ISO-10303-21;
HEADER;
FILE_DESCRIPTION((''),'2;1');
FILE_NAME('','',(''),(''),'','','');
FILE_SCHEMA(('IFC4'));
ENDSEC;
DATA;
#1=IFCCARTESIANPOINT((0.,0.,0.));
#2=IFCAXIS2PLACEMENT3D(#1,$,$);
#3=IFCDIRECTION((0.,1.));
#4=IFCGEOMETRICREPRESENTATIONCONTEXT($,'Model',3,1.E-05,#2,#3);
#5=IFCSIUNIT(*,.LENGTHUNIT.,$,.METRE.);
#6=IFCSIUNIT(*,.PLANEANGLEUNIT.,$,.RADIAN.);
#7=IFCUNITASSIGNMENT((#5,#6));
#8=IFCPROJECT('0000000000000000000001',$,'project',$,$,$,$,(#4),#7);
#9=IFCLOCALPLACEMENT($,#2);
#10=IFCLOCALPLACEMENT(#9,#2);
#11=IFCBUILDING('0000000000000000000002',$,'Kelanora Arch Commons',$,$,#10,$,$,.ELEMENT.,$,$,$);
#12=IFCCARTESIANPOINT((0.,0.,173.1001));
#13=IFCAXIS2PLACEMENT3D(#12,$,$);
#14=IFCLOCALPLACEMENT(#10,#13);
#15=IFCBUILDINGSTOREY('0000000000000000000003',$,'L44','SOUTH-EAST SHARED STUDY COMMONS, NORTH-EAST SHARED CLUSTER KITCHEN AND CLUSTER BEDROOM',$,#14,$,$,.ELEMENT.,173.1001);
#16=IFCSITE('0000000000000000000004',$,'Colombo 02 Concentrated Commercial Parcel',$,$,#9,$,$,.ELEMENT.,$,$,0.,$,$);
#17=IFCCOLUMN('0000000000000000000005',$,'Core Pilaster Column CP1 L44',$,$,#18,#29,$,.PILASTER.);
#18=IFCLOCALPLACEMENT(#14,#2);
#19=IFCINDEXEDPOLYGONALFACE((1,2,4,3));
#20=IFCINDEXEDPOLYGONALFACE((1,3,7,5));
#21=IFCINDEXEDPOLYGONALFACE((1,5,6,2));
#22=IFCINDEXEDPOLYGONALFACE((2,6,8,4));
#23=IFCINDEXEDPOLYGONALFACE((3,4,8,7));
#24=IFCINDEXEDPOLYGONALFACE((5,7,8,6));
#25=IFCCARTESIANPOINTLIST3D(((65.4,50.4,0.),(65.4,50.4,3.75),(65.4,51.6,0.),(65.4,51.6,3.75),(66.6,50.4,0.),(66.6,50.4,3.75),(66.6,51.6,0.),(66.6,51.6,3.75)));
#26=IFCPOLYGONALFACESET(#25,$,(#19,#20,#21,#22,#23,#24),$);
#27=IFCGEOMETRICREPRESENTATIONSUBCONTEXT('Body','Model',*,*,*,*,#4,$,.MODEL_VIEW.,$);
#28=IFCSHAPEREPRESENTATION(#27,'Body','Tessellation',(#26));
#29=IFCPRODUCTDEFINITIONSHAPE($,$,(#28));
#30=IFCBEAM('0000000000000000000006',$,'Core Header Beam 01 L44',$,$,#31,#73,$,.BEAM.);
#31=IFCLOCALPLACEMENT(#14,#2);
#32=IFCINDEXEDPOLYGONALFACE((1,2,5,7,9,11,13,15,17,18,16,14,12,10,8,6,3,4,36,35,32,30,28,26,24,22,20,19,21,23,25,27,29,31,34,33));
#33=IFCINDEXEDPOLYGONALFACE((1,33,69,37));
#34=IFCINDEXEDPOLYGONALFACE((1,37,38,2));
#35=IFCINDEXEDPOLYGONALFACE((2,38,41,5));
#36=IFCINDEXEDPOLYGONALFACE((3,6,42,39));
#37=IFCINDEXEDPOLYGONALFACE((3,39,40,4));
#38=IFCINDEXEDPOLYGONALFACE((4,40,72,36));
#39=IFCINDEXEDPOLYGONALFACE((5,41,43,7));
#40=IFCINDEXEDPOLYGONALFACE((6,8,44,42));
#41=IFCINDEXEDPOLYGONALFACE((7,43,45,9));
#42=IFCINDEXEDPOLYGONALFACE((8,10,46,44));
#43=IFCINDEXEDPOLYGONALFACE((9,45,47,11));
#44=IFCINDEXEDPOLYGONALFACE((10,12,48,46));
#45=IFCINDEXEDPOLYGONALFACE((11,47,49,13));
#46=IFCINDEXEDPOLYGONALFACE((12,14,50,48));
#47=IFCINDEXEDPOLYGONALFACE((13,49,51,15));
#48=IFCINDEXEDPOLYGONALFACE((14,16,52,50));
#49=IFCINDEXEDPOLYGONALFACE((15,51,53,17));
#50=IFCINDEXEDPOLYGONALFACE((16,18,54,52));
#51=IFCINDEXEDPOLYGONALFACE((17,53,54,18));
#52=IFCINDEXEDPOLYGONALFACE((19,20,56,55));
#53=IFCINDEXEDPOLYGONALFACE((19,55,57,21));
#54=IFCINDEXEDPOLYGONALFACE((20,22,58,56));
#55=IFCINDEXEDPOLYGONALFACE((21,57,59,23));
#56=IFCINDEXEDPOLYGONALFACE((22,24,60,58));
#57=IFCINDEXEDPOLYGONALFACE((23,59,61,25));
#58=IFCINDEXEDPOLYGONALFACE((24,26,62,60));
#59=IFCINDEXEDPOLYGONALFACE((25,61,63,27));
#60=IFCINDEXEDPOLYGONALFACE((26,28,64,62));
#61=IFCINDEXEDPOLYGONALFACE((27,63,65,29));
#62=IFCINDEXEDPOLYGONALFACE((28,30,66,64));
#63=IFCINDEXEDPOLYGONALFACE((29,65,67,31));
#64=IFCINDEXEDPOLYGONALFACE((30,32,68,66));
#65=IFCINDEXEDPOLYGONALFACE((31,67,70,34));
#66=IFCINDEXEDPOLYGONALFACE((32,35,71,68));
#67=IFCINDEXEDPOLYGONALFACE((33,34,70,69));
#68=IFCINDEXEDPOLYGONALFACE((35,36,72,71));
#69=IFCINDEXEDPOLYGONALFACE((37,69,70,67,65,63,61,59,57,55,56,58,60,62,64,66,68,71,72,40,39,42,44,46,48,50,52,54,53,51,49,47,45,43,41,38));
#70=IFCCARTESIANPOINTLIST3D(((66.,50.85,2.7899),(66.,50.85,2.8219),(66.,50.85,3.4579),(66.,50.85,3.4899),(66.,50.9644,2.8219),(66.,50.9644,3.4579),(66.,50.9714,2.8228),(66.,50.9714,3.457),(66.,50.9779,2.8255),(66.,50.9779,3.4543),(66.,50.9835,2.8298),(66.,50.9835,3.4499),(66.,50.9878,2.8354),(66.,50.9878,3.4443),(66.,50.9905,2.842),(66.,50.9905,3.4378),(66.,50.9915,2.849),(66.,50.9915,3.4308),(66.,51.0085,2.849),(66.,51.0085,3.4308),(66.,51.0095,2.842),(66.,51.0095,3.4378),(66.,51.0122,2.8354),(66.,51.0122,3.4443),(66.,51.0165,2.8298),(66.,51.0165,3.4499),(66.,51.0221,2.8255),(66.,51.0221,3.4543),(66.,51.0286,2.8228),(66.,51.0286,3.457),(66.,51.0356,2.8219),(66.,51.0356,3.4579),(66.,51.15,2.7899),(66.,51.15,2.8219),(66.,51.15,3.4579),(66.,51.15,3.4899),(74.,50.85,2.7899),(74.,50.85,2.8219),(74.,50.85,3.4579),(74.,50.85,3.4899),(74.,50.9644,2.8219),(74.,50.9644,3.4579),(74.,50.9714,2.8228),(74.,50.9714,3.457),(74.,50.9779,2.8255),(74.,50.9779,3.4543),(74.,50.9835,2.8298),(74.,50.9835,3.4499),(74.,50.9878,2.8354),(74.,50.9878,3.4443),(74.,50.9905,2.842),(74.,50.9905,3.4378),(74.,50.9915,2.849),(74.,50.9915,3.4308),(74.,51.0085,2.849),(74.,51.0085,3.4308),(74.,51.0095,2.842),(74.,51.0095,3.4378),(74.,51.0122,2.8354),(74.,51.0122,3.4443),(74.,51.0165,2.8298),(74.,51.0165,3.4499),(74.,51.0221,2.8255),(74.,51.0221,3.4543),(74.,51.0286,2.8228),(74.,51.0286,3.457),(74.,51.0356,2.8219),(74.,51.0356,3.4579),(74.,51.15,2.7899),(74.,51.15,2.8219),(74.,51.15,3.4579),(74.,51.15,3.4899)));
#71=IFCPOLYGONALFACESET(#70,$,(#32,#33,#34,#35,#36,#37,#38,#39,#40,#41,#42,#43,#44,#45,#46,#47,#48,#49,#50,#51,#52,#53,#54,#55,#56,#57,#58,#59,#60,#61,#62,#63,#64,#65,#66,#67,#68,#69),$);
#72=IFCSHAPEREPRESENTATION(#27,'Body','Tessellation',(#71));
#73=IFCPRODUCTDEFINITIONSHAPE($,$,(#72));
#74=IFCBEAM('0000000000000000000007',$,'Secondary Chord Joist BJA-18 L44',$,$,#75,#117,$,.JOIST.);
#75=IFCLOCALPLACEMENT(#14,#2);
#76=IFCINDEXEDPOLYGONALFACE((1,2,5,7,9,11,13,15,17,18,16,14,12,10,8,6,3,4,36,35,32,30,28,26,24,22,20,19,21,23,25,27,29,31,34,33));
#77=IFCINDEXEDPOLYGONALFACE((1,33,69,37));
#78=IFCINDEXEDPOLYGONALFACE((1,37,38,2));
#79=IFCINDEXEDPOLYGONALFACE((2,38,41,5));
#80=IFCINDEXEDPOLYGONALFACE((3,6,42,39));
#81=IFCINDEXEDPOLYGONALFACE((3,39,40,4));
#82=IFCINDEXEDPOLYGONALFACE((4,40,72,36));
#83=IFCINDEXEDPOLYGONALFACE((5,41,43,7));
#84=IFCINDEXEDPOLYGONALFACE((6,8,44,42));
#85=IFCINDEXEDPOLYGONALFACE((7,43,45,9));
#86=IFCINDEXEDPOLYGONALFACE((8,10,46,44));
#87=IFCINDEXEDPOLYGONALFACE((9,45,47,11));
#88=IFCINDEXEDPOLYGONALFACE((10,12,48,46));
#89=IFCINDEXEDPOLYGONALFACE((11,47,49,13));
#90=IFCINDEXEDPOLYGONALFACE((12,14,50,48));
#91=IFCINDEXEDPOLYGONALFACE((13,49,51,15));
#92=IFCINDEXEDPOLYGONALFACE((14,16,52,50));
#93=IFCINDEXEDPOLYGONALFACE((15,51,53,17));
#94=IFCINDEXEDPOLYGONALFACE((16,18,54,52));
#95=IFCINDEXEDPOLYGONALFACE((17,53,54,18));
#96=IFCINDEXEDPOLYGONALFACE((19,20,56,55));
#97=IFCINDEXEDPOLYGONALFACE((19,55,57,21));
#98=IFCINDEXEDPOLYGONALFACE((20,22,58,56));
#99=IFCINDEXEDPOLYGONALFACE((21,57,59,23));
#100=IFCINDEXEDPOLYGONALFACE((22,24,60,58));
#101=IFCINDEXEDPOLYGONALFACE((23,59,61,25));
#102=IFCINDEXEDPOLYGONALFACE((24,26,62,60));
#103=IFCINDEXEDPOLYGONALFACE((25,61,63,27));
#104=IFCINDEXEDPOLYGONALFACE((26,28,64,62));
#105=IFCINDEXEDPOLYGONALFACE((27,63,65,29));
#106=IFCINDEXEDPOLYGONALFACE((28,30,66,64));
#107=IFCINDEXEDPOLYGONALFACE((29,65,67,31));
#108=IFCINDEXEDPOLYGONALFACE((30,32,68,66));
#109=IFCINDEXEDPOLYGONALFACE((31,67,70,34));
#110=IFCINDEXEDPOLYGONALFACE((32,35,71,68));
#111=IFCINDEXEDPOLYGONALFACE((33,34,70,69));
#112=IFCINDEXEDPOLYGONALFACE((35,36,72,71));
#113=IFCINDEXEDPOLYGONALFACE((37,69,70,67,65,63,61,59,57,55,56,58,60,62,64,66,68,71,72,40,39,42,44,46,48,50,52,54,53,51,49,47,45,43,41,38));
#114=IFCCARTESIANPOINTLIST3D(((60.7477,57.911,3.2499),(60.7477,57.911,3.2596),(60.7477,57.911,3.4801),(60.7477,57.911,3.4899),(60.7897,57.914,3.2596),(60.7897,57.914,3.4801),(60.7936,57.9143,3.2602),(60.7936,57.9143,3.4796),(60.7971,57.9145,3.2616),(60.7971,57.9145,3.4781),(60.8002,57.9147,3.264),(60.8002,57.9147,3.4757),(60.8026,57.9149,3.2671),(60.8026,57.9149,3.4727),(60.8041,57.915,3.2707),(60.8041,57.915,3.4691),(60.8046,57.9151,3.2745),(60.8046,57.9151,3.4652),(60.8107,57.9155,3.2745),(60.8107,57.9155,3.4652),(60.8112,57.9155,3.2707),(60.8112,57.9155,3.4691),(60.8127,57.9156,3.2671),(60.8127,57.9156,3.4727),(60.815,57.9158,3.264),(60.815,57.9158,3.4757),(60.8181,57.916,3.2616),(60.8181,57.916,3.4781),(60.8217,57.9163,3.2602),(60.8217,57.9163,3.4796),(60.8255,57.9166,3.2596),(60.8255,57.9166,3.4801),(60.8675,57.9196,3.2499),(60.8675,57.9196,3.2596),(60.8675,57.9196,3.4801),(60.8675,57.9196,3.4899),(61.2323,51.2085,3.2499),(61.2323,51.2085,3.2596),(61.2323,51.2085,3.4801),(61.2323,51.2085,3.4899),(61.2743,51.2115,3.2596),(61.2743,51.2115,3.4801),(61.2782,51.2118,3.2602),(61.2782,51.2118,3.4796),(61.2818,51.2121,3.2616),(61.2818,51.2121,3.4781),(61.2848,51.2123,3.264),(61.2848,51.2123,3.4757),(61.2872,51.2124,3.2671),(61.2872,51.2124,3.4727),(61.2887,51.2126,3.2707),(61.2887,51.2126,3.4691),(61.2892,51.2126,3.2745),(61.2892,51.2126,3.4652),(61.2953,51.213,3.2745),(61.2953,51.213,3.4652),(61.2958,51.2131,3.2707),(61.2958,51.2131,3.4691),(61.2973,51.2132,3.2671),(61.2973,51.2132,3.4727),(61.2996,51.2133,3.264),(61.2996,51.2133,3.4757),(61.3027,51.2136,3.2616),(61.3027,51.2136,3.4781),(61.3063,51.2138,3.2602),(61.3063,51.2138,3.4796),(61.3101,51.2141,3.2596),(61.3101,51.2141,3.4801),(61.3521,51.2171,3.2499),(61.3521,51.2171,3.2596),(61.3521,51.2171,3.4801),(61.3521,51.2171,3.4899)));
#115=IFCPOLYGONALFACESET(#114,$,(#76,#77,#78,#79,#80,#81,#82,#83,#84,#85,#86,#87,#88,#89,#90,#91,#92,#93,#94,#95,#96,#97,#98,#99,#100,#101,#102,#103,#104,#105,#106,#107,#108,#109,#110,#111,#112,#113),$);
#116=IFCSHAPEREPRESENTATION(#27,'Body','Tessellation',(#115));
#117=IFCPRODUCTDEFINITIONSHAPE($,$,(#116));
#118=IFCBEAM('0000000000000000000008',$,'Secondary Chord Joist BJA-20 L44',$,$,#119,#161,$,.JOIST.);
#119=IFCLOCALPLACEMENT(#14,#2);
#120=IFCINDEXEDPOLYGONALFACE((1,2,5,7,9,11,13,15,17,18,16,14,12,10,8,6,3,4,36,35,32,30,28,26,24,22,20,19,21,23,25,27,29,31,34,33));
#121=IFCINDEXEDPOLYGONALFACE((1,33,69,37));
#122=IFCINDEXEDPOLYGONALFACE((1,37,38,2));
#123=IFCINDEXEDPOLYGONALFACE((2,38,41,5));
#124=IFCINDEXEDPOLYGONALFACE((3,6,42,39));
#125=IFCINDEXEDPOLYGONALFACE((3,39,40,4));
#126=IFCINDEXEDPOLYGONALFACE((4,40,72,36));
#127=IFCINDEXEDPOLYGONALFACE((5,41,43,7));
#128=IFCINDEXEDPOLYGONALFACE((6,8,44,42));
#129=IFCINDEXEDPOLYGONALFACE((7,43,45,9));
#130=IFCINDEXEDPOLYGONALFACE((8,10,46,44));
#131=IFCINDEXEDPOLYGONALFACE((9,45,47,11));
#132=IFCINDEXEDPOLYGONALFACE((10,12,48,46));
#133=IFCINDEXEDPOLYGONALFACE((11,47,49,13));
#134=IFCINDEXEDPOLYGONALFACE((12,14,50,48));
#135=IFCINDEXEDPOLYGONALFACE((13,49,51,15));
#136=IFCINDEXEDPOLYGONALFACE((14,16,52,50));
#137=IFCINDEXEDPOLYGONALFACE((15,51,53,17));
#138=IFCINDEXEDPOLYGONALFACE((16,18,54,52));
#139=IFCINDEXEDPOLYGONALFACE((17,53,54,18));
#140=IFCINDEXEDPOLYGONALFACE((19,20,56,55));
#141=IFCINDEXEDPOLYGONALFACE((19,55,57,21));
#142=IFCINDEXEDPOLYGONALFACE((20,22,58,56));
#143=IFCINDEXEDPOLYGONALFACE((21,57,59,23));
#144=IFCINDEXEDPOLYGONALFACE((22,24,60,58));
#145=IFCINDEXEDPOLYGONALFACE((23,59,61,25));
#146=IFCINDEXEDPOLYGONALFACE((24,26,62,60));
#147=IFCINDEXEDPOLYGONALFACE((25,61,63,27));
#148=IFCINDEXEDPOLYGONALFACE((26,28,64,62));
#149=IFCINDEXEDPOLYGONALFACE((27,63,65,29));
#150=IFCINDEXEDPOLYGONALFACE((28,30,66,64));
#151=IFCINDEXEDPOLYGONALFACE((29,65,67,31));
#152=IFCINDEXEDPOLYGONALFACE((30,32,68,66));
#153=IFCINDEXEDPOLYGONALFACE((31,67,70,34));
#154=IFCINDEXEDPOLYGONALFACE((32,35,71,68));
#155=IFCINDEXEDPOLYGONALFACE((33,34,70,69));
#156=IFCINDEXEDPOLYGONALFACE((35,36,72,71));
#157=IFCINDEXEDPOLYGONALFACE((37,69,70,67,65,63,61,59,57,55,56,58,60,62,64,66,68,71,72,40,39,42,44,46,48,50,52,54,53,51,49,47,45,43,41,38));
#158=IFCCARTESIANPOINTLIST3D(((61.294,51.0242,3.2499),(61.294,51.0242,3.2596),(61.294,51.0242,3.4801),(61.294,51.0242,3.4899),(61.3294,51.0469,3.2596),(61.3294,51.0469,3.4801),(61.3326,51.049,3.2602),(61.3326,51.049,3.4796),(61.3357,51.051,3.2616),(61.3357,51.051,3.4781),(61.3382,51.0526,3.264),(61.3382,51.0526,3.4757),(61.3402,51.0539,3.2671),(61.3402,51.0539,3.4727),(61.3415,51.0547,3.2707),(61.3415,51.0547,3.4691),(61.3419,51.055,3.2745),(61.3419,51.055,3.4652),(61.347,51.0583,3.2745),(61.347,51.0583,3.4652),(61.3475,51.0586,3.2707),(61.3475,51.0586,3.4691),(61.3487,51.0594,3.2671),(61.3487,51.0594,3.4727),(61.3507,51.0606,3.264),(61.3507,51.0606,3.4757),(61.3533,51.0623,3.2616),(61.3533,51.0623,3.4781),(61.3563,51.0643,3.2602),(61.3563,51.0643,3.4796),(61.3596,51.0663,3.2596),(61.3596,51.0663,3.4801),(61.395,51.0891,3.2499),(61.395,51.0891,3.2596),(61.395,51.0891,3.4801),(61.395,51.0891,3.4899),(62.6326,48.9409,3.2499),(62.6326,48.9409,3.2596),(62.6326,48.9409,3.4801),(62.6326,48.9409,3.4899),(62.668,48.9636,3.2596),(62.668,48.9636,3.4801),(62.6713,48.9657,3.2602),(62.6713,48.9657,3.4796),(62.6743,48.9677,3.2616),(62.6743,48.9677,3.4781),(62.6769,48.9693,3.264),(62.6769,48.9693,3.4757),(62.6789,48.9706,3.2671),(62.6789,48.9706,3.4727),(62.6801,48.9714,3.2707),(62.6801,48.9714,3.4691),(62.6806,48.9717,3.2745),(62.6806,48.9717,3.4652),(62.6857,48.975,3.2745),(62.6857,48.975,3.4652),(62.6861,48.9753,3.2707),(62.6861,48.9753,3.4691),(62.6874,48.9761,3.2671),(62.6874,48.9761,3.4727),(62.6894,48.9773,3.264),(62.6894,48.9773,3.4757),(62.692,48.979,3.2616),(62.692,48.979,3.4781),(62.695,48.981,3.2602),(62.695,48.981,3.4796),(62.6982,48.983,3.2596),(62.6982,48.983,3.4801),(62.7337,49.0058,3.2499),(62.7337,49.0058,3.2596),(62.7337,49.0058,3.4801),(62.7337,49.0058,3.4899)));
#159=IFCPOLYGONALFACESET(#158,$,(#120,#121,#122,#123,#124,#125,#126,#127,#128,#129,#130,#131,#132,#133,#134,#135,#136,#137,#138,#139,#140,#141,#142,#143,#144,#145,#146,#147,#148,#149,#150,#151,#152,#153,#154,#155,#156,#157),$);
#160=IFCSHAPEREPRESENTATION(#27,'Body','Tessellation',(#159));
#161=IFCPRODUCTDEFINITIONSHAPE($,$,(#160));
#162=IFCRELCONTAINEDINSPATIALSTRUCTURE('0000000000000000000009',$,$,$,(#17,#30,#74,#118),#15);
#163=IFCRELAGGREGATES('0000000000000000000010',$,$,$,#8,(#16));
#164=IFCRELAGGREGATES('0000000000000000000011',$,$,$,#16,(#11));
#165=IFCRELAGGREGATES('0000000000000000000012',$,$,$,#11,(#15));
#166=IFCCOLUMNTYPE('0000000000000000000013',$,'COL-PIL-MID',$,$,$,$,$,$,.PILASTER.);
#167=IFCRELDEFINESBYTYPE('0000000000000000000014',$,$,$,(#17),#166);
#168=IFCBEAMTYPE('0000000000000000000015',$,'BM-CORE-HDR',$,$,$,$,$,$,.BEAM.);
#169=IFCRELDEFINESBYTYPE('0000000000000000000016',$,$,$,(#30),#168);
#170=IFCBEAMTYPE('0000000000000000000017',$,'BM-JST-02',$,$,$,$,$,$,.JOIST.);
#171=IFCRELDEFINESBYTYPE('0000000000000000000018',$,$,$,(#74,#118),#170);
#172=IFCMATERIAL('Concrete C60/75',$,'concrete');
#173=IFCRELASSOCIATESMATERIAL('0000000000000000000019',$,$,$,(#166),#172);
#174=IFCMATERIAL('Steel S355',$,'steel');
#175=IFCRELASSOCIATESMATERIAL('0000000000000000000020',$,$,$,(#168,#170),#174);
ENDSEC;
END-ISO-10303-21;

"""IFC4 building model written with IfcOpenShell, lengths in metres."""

from ifc_helpers import new_model, si_unit, direction, frame, origin, origin_2d, place, context, subcontext, project, spatial, rectangle, i_section, extrude, material, material_profile, profile_set, type_object, element, save


model = new_model("IFC4")

# Units and contexts
model_context = context("Model", 3, precision=1e-05, world=origin(), true_north=direction((0.0, 1.0)))
body_context = subcontext(model_context, "Body", "Model", "MODEL_VIEW")
ifc_project = project(units=[si_unit("LENGTHUNIT", "METRE"), si_unit("PLANEANGLEUNIT", "RADIAN")], contexts=[model_context])

# Site, building, storey
site_placement = place(None, origin())
site = spatial("IfcSite", under=ifc_project, at=site_placement, Name="Colombo 02 Concentrated Commercial Parcel", CompositionType="ELEMENT", RefElevation=0.0)
building_placement = place(site_placement, origin())
building = spatial("IfcBuilding", under=site, at=building_placement, Name="Kelanora Arch Commons", CompositionType="ELEMENT")
storey_placement = place(building_placement, frame((0.0, 0.0, 173.1001)))
storey = spatial("IfcBuildingStorey", under=building, at=storey_placement, Name="L44", Description="SOUTH-EAST SHARED STUDY COMMONS, NORTH-EAST SHARED CLUSTER KITCHEN AND CLUSTER BEDROOM", CompositionType="ELEMENT", Elevation=173.1001)

# Column
ifc_material_1 = material(Name="Concrete C60/75", Category="concrete")
ifc_material_profile_1 = material_profile(ifc_material_1, rectangle(XDim=1.2, YDim=1.2, at=origin_2d()), Name="RC1200x1200")
ifc_profile_set_1 = profile_set([ifc_material_profile_1], Name="Concrete C60/75")
column_type = type_object("IfcColumnType", Name="COL-PIL-MID", PredefinedType="PILASTER", material=ifc_profile_set_1)
column_placement = place(storey_placement, frame((66.0, 51.0, 0.0), z_axis=(0.0, 0.0, 1.0), x_axis=(1.0, 0.0, 0.0)))
element("IfcColumn", 1, at=column_placement, inside=storey, type_object=column_type, Name="Core Pilaster Column CP1 L44", PredefinedType="PILASTER", context=body_context, shape_type="SweptSolid", body=[
    extrude(rectangle(XDim=1.2, YDim=1.2, at=origin_2d()), origin(), (0.0, 0.0, 1.0), 3.75),
])

# Beams
ifc_material_2 = material(Name="Steel S355", Category="steel")
ifc_material_profile_2 = material_profile(ifc_material_2, i_section(OverallWidth=0.3, OverallDepth=0.7, WebThickness=0.0171, FlangeThickness=0.032, FilletRadius=0.0271, at=origin_2d()), Name="HEB700")
ifc_profile_set_2 = profile_set([ifc_material_profile_2], Name="Steel S355")
beam_type_1 = type_object("IfcBeamType", Name="BM-CORE-HDR", PredefinedType="BEAM", material=ifc_profile_set_2)
beam_1_placement = place(storey_placement, frame((66.0, 51.0, 3.1399), z_axis=(1.0, 0.0, 0.0), x_axis=(0.0, 1.0, 0.0)))
element("IfcBeam", 2, at=beam_1_placement, inside=storey, type_object=beam_type_1, Name="Core Header Beam 01 L44", PredefinedType="BEAM", context=body_context, shape_type="SweptSolid", body=[
    extrude(i_section(OverallWidth=0.3, OverallDepth=0.7, WebThickness=0.0171, FlangeThickness=0.032, FilletRadius=0.0271, at=origin_2d()), origin(), (0.0, 0.0, 1.0), 8.0),
])
ifc_material_profile_3 = material_profile(ifc_material_2, i_section(OverallWidth=0.1201, OverallDepth=0.24, WebThickness=0.0061, FlangeThickness=0.0098, FilletRadius=0.0149, at=origin_2d()), Name="IPE240")
ifc_profile_set_3 = profile_set([ifc_material_profile_3], Name="Steel S355")
beam_type_2 = type_object("IfcBeamType", Name="BM-JST-02", PredefinedType="JOIST", material=ifc_profile_set_3)
beam_2_placement = place(storey_placement, frame((60.8076, 57.9153, 3.3699), z_axis=(0.072117, -0.997396, 0.0), x_axis=(0.997396, 0.072117, 0.0)))
element("IfcBeam", 3, at=beam_2_placement, inside=storey, type_object=beam_type_2, Name="Secondary Chord Joist BJA-18 L44", PredefinedType="JOIST", context=body_context, shape_type="SweptSolid", body=[
    extrude(i_section(OverallWidth=0.1201, OverallDepth=0.24, WebThickness=0.0061, FlangeThickness=0.0098, FilletRadius=0.0149, at=origin_2d()), origin(), (0.0, 0.0, 1.0), 6.72),
])
beam_3_placement = place(storey_placement, frame((61.3445, 51.0566, 3.3699), z_axis=(0.540583, -0.841291, 0.0), x_axis=(0.841291, 0.540583, 0.0)))
element("IfcBeam", 4, at=beam_3_placement, inside=storey, type_object=beam_type_2, Name="Secondary Chord Joist BJA-20 L44", PredefinedType="JOIST", context=body_context, shape_type="SweptSolid", body=[
    extrude(i_section(OverallWidth=0.1201, OverallDepth=0.24, WebThickness=0.0061, FlangeThickness=0.0098, FilletRadius=0.0149, at=origin_2d()), origin(), (0.0, 0.0, 1.0), 2.4763),
])

save(model, "model.ifc")
